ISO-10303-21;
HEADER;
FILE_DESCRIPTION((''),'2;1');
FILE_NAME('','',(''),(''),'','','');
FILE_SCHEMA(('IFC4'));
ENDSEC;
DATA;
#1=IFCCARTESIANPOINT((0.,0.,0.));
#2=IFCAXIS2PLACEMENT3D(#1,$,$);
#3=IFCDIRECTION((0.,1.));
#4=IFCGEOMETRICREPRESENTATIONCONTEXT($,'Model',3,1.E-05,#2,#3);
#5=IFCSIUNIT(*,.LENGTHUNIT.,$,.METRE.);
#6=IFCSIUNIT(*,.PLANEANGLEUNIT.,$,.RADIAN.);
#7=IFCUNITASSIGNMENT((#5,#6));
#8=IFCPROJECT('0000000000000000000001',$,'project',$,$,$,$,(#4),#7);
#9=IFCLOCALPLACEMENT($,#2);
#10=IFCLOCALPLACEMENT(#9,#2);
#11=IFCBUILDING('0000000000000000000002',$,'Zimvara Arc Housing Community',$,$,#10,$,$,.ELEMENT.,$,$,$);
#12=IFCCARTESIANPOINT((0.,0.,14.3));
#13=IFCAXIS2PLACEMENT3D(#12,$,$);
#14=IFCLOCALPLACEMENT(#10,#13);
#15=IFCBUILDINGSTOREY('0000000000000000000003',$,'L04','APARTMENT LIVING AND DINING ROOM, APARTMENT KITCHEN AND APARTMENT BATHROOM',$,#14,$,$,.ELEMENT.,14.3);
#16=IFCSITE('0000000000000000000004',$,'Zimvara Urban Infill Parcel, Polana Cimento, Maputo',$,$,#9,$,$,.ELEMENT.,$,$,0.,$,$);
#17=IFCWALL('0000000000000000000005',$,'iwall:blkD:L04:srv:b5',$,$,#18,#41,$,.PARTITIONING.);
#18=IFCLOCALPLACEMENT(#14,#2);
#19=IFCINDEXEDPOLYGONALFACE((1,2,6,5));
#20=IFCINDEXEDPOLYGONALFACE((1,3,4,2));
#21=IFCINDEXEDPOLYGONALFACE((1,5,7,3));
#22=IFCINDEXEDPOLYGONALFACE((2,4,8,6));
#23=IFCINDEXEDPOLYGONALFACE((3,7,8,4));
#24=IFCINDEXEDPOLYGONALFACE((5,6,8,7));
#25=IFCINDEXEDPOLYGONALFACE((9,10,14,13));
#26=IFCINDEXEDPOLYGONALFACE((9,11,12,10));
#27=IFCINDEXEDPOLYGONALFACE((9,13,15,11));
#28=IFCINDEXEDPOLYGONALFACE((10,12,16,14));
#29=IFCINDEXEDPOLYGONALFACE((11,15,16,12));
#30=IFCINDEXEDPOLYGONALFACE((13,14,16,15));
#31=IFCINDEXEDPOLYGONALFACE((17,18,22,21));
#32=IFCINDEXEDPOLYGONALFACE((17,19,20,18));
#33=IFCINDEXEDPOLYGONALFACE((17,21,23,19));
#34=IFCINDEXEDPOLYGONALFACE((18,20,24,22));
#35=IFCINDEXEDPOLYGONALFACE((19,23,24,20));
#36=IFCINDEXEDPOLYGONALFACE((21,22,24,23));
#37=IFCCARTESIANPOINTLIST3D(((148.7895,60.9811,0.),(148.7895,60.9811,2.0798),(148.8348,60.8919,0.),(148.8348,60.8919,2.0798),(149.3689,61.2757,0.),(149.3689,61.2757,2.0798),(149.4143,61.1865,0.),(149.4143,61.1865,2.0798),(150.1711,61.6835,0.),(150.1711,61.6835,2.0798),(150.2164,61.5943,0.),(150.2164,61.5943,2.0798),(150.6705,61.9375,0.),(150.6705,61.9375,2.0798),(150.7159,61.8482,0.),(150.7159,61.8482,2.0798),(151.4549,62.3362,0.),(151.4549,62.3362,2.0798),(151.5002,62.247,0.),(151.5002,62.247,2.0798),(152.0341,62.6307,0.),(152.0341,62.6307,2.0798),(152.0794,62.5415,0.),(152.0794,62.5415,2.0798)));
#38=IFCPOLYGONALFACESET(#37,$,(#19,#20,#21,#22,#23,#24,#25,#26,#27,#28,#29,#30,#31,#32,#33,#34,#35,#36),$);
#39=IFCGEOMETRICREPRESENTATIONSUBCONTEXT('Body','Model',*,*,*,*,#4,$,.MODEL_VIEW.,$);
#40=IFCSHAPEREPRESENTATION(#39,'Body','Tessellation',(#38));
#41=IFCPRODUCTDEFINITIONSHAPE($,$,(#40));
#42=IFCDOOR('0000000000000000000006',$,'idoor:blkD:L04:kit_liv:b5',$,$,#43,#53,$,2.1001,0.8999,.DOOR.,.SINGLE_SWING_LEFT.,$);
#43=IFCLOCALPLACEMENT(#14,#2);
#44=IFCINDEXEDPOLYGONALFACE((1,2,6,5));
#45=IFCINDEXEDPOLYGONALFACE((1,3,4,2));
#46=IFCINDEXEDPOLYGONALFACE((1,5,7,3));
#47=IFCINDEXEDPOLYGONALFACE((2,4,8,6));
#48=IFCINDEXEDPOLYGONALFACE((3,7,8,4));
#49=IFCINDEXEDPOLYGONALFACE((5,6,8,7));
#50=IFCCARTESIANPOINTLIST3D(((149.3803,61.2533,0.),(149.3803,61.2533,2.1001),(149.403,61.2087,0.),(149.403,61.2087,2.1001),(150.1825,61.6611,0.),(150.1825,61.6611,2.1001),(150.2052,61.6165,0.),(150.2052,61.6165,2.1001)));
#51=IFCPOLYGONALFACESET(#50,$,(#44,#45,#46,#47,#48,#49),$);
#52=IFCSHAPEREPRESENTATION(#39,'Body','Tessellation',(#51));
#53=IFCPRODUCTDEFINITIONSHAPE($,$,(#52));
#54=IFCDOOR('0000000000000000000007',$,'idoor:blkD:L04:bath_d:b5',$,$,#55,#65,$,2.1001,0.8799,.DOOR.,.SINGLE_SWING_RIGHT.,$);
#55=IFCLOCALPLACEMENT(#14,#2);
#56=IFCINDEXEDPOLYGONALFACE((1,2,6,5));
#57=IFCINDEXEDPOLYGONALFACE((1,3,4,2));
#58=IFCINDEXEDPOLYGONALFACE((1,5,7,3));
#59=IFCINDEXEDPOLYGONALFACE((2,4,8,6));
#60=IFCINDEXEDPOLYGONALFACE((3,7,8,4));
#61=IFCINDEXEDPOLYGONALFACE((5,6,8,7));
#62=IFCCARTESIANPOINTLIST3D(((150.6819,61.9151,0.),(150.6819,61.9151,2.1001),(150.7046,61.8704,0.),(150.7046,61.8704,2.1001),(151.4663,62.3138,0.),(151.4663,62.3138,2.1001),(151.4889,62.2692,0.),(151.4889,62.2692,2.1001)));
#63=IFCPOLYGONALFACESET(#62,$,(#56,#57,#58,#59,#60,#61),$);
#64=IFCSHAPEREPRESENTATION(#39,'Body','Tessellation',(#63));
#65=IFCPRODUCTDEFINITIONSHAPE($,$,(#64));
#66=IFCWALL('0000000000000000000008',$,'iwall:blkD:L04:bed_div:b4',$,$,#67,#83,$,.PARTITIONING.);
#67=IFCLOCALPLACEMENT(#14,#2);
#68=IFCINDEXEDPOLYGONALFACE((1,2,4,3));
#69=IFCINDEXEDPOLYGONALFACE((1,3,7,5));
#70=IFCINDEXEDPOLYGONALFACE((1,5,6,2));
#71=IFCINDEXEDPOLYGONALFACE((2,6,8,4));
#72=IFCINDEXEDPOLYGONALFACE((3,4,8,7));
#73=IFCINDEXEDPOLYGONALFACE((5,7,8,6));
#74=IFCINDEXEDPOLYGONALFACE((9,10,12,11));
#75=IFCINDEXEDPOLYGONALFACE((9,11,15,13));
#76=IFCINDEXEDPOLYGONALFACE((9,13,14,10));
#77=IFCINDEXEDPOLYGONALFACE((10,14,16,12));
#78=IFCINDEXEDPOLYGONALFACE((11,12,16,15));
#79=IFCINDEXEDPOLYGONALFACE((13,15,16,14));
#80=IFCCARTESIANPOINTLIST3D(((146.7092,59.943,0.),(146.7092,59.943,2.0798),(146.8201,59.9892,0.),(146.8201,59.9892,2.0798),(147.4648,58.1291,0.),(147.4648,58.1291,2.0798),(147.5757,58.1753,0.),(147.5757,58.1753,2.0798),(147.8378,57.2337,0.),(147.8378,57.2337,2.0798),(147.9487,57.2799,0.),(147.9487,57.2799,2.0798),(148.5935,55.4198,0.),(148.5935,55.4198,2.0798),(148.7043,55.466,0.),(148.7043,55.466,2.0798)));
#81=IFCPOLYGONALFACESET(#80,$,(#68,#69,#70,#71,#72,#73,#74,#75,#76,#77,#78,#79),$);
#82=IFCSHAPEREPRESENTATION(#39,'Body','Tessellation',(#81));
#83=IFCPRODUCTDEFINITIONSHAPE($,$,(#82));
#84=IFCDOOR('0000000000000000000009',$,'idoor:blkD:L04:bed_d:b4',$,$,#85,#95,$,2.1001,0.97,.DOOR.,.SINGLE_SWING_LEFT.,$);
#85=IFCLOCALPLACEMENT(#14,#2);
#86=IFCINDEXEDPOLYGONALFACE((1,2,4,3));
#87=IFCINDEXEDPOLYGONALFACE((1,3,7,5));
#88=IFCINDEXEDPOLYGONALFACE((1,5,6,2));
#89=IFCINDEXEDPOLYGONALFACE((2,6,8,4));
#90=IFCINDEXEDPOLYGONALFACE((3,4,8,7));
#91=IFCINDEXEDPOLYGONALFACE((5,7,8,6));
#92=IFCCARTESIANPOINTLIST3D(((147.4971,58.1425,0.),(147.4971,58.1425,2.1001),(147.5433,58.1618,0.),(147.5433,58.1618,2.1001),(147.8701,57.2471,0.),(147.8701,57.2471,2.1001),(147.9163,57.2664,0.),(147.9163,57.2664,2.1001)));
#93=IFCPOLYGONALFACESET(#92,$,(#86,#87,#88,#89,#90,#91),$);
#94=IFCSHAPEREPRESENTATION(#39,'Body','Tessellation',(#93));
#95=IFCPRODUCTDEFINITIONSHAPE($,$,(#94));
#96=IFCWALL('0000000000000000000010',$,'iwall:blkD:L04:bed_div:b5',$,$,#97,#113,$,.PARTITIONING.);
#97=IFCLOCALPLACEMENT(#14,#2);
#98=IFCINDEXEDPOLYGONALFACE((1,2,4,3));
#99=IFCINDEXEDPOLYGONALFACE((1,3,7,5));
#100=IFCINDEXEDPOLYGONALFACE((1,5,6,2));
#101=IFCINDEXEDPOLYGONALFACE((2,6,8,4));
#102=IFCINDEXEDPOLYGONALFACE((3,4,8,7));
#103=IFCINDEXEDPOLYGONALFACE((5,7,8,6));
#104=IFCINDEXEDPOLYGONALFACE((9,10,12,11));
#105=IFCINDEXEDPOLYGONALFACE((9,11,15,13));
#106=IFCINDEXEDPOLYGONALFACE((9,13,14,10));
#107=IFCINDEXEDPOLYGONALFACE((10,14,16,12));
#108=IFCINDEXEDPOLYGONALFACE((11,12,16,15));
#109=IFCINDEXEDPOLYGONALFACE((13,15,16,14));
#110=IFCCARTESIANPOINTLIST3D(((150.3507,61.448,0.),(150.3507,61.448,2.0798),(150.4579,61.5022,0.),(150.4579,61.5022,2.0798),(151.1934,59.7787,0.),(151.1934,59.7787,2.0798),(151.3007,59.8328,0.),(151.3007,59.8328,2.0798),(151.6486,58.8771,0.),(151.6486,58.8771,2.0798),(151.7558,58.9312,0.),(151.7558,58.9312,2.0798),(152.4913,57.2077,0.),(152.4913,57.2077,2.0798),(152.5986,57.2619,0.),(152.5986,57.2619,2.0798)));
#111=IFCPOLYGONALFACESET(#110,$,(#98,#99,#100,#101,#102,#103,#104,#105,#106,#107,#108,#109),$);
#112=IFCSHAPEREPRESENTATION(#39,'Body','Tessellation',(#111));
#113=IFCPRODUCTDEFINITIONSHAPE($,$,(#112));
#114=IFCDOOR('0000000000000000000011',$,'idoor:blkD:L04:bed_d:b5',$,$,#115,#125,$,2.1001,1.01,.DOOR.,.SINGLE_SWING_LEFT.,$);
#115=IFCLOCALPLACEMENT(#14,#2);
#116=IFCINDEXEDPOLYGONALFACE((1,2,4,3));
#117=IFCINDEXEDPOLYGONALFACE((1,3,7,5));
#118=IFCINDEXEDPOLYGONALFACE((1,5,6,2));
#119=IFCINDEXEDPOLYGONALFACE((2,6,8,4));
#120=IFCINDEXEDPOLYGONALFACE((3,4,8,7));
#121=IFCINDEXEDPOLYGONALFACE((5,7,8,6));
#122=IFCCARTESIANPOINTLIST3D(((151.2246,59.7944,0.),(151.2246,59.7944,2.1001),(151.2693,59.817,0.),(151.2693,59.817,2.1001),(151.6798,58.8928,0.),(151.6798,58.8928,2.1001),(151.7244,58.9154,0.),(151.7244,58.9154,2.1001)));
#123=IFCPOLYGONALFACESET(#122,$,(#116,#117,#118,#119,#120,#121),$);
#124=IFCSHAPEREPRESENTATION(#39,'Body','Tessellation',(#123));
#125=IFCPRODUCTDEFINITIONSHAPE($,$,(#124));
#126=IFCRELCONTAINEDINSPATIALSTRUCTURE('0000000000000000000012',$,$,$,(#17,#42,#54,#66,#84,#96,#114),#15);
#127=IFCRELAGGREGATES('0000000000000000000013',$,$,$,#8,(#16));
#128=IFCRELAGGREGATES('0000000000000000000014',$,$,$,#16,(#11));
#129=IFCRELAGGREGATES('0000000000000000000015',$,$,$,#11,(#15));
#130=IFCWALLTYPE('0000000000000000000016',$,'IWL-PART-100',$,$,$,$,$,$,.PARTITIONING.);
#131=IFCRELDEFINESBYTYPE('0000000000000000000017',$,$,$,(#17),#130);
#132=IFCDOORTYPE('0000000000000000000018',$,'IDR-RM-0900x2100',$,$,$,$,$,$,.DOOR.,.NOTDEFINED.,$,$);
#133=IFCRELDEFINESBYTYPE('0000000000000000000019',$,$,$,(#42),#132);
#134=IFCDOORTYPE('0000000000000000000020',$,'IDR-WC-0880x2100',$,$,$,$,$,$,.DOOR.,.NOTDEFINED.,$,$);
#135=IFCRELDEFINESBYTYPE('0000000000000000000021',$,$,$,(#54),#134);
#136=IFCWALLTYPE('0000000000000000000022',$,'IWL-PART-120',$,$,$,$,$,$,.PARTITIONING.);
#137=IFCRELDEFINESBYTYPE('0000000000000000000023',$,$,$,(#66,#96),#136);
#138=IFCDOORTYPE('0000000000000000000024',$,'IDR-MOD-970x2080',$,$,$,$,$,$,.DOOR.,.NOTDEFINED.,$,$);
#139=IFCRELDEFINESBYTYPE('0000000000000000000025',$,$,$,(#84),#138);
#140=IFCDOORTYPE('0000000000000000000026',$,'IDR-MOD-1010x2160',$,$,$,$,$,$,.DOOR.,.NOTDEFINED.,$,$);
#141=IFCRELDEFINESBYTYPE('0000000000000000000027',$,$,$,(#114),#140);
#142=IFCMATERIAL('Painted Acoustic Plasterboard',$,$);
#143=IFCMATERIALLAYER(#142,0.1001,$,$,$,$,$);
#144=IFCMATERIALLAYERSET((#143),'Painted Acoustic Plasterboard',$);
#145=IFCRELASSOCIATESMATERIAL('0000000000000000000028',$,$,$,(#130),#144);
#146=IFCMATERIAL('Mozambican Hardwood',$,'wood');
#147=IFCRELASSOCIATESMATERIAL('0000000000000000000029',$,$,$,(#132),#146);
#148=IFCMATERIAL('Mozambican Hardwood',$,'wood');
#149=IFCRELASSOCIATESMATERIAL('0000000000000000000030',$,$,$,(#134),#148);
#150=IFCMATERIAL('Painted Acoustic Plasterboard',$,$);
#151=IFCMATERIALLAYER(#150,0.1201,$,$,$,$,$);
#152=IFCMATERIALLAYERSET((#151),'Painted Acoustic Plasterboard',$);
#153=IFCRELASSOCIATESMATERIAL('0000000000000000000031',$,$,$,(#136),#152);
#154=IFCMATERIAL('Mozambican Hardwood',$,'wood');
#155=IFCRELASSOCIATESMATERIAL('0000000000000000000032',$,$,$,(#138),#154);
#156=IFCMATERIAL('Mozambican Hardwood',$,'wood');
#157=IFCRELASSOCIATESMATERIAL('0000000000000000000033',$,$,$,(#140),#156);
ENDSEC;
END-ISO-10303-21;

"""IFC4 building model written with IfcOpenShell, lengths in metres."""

from ifc_helpers import new_model, si_unit, direction, frame, frame_2d, origin, place, context, subcontext, project, spatial, rectangle, extrude, material, layer, layer_set, type_object, element, fill, save


model = new_model("IFC4")

# Units and contexts
model_context = context("Model", 3, precision=1e-05, world=origin(), true_north=direction((0.0, 1.0)))
body_context = subcontext(model_context, "Body", "Model", "MODEL_VIEW")
ifc_project = project(units=[si_unit("LENGTHUNIT", "METRE"), si_unit("PLANEANGLEUNIT", "RADIAN")], contexts=[model_context])

# Site, building, storey
site_placement = place(None, origin())
site = spatial("IfcSite", under=ifc_project, at=site_placement, Name="Zimvara Urban Infill Parcel, Polana Cimento, Maputo", CompositionType="ELEMENT", RefElevation=0.0)
building_placement = place(site_placement, origin())
building = spatial("IfcBuilding", under=site, at=building_placement, Name="Zimvara Arc Housing Community", CompositionType="ELEMENT")
storey_placement = place(building_placement, frame((0.0, 0.0, 14.3)))
storey = spatial("IfcBuildingStorey", under=building, at=storey_placement, Name="L04", Description="APARTMENT LIVING AND DINING ROOM, APARTMENT KITCHEN AND APARTMENT BATHROOM", CompositionType="ELEMENT", Elevation=14.3)

# Wall, openings, doors
ifc_material_1 = material(Name="Painted Acoustic Plasterboard")
ifc_layer_1 = layer(ifc_material_1, 0.1001)
ifc_layer_set_1 = layer_set([ifc_layer_1], Name="Painted Acoustic Plasterboard")
wall_type_1 = type_object("IfcWallType", Name="IWL-PART-100", PredefinedType="PARTITIONING", material=ifc_layer_set_1)
wall_1_placement = place(storey_placement, frame((148.8123, 60.9365, 0.0), z_axis=(0.0, 0.0, 1.0), x_axis=(0.891402, 0.453213, 0.0)))
wall_1 = element("IfcWall", 1, at=wall_1_placement, inside=storey, type_object=wall_type_1, Name="iwall:blkD:L04:srv:b5", PredefinedType="PARTITIONING", context=body_context, shape_type="SweptSolid", body=[
    extrude(rectangle(XDim=3.6399, YDim=0.1001, at=frame_2d((1.8198, 0.0))), origin(), (0.0, 0.0, 1.0), 2.0798),
])
opening_1_placement = place(wall_1_placement, frame((0.6499, 0.0, 0.0)))
opening_1 = element("IfcOpeningElement", 2, at=opening_1_placement, cuts=wall_1, PredefinedType="OPENING", context=body_context, shape_type="SweptSolid", body=[
    extrude(rectangle(XDim=0.8999, YDim=2.1001, at=frame_2d((0.45, 1.05))), frame((0.0, 0.0601, 0.0), z_axis=(0.0, -1.0, 0.0), x_axis=(1.0, 0.0, 0.0)), (0.0, 0.0, 1.0), 0.1201),
])
opening_2_placement = place(wall_1_placement, frame((2.1101, 0.0, 0.0)))
opening_2 = element("IfcOpeningElement", 3, at=opening_2_placement, cuts=wall_1, PredefinedType="OPENING", context=body_context, shape_type="SweptSolid", body=[
    extrude(rectangle(XDim=0.8799, YDim=2.1001, at=frame_2d((0.4399, 1.05))), frame((0.0, 0.0601, 0.0), z_axis=(0.0, -1.0, 0.0), x_axis=(1.0, 0.0, 0.0)), (0.0, 0.0, 1.0), 0.1201),
])
ifc_material_2 = material(Name="Mozambican Hardwood", Category="wood")
door_type_1 = type_object("IfcDoorType", Name="IDR-RM-0900x2100", OperationType="NOTDEFINED", PredefinedType="DOOR", material=ifc_material_2)
door_1_placement = place(opening_1_placement, origin())
door_1 = element("IfcDoor", 4, at=door_1_placement, inside=storey, type_object=door_type_1, Name="idoor:blkD:L04:kit_liv:b5", OperationType="SINGLE_SWING_LEFT", OverallHeight=2.1001, OverallWidth=0.8999, PredefinedType="DOOR", context=body_context, shape_type="SweptSolid", body=[
    extrude(rectangle(XDim=0.8999, YDim=2.1001, at=frame_2d((0.45, 1.05))), frame((0.0, 0.0249, 0.0), z_axis=(0.0, -1.0, 0.0), x_axis=(1.0, 0.0, 0.0)), (0.0, 0.0, 1.0), 0.05),
])
fill(opening_1, door_1)
ifc_material_3 = material(Name="Mozambican Hardwood", Category="wood")
door_type_2 = type_object("IfcDoorType", Name="IDR-WC-0880x2100", OperationType="NOTDEFINED", PredefinedType="DOOR", material=ifc_material_3)
door_2_placement = place(opening_2_placement, origin())
door_2 = element("IfcDoor", 5, at=door_2_placement, inside=storey, type_object=door_type_2, Name="idoor:blkD:L04:bath_d:b5", OperationType="SINGLE_SWING_RIGHT", OverallHeight=2.1001, OverallWidth=0.8799, PredefinedType="DOOR", context=body_context, shape_type="SweptSolid", body=[
    extrude(rectangle(XDim=0.8799, YDim=2.1001, at=frame_2d((0.4399, 1.05))), frame((0.0, 0.0249, 0.0), z_axis=(0.0, -1.0, 0.0), x_axis=(1.0, 0.0, 0.0)), (0.0, 0.0, 1.0), 0.05),
])
fill(opening_2, door_2)

# Walls, openings, doors
ifc_material_4 = material(Name="Painted Acoustic Plasterboard")
ifc_layer_2 = layer(ifc_material_4, 0.1201)
ifc_layer_set_2 = layer_set([ifc_layer_2], Name="Painted Acoustic Plasterboard")
wall_type_2 = type_object("IfcWallType", Name="IWL-PART-120", PredefinedType="PARTITIONING", material=ifc_layer_set_2)
wall_2_placement = place(storey_placement, frame((146.7646, 59.9661, 0.0), z_axis=(0.0, 0.0, 1.0), x_axis=(0.384548, -0.923105, 0.0)))
wall_2 = element("IfcWall", 6, at=wall_2_placement, inside=storey, type_object=wall_type_2, Name="iwall:blkD:L04:bed_div:b4", PredefinedType="PARTITIONING", context=body_context, shape_type="SweptSolid", body=[
    extrude(rectangle(XDim=4.8999, YDim=0.1201, at=frame_2d((2.45, 0.0))), origin(), (0.0, 0.0, 1.0), 2.0798),
])
opening_3_placement = place(wall_2_placement, frame((1.9651, 0.0, 0.0)))
opening_3 = element("IfcOpeningElement", 7, at=opening_3_placement, cuts=wall_2, PredefinedType="OPENING", context=body_context, shape_type="SweptSolid", body=[
    extrude(rectangle(XDim=0.97, YDim=2.1001, at=frame_2d((0.4849, 1.05))), frame((0.0, 0.0701, 0.0), z_axis=(0.0, -1.0, 0.0), x_axis=(1.0, 0.0, 0.0)), (0.0, 0.0, 1.0), 0.1401),
])
ifc_material_5 = material(Name="Mozambican Hardwood", Category="wood")
door_type_3 = type_object("IfcDoorType", Name="IDR-MOD-970x2080", OperationType="NOTDEFINED", PredefinedType="DOOR", material=ifc_material_5)
door_3_placement = place(opening_3_placement, origin())
door_3 = element("IfcDoor", 8, at=door_3_placement, inside=storey, type_object=door_type_3, Name="idoor:blkD:L04:bed_d:b4", OperationType="SINGLE_SWING_LEFT", OverallHeight=2.1001, OverallWidth=0.97, PredefinedType="DOOR", context=body_context, shape_type="SweptSolid", body=[
    extrude(rectangle(XDim=0.97, YDim=2.1001, at=frame_2d((0.4849, 1.05))), frame((0.0, 0.0249, 0.0), z_axis=(0.0, -1.0, 0.0), x_axis=(1.0, 0.0, 0.0)), (0.0, 0.0, 1.0), 0.05),
])
fill(opening_3, door_3)
wall_3_placement = place(storey_placement, frame((150.4043, 61.4751, 0.0), z_axis=(0.0, 0.0, 1.0), x_axis=(0.450664, -0.892694, 0.0)))
wall_3 = element("IfcWall", 9, at=wall_3_placement, inside=storey, type_object=wall_type_2, Name="iwall:blkD:L04:bed_div:b5", PredefinedType="PARTITIONING", context=body_context, shape_type="SweptSolid", body=[
    extrude(rectangle(XDim=4.75, YDim=0.1201, at=frame_2d((2.375, 0.0))), origin(), (0.0, 0.0, 1.0), 2.0798),
])
opening_4_placement = place(wall_3_placement, frame((1.8701, 0.0, 0.0)))
opening_4 = element("IfcOpeningElement", 10, at=opening_4_placement, cuts=wall_3, PredefinedType="OPENING", context=body_context, shape_type="SweptSolid", body=[
    extrude(rectangle(XDim=1.01, YDim=2.1001, at=frame_2d((0.5049, 1.05))), frame((0.0, 0.0701, 0.0), z_axis=(0.0, -1.0, 0.0), x_axis=(1.0, 0.0, 0.0)), (0.0, 0.0, 1.0), 0.1401),
])
ifc_material_6 = material(Name="Mozambican Hardwood", Category="wood")
door_type_4 = type_object("IfcDoorType", Name="IDR-MOD-1010x2160", OperationType="NOTDEFINED", PredefinedType="DOOR", material=ifc_material_6)
door_4_placement = place(opening_4_placement, origin())
door_4 = element("IfcDoor", 11, at=door_4_placement, inside=storey, type_object=door_type_4, Name="idoor:blkD:L04:bed_d:b5", OperationType="SINGLE_SWING_LEFT", OverallHeight=2.1001, OverallWidth=1.01, PredefinedType="DOOR", context=body_context, shape_type="SweptSolid", body=[
    extrude(rectangle(XDim=1.01, YDim=2.1001, at=frame_2d((0.5049, 1.05))), frame((0.0, 0.0249, 0.0), z_axis=(0.0, -1.0, 0.0), x_axis=(1.0, 0.0, 0.0)), (0.0, 0.0, 1.0), 0.05),
])
fill(opening_4, door_4)

save(model, "model.ifc")
